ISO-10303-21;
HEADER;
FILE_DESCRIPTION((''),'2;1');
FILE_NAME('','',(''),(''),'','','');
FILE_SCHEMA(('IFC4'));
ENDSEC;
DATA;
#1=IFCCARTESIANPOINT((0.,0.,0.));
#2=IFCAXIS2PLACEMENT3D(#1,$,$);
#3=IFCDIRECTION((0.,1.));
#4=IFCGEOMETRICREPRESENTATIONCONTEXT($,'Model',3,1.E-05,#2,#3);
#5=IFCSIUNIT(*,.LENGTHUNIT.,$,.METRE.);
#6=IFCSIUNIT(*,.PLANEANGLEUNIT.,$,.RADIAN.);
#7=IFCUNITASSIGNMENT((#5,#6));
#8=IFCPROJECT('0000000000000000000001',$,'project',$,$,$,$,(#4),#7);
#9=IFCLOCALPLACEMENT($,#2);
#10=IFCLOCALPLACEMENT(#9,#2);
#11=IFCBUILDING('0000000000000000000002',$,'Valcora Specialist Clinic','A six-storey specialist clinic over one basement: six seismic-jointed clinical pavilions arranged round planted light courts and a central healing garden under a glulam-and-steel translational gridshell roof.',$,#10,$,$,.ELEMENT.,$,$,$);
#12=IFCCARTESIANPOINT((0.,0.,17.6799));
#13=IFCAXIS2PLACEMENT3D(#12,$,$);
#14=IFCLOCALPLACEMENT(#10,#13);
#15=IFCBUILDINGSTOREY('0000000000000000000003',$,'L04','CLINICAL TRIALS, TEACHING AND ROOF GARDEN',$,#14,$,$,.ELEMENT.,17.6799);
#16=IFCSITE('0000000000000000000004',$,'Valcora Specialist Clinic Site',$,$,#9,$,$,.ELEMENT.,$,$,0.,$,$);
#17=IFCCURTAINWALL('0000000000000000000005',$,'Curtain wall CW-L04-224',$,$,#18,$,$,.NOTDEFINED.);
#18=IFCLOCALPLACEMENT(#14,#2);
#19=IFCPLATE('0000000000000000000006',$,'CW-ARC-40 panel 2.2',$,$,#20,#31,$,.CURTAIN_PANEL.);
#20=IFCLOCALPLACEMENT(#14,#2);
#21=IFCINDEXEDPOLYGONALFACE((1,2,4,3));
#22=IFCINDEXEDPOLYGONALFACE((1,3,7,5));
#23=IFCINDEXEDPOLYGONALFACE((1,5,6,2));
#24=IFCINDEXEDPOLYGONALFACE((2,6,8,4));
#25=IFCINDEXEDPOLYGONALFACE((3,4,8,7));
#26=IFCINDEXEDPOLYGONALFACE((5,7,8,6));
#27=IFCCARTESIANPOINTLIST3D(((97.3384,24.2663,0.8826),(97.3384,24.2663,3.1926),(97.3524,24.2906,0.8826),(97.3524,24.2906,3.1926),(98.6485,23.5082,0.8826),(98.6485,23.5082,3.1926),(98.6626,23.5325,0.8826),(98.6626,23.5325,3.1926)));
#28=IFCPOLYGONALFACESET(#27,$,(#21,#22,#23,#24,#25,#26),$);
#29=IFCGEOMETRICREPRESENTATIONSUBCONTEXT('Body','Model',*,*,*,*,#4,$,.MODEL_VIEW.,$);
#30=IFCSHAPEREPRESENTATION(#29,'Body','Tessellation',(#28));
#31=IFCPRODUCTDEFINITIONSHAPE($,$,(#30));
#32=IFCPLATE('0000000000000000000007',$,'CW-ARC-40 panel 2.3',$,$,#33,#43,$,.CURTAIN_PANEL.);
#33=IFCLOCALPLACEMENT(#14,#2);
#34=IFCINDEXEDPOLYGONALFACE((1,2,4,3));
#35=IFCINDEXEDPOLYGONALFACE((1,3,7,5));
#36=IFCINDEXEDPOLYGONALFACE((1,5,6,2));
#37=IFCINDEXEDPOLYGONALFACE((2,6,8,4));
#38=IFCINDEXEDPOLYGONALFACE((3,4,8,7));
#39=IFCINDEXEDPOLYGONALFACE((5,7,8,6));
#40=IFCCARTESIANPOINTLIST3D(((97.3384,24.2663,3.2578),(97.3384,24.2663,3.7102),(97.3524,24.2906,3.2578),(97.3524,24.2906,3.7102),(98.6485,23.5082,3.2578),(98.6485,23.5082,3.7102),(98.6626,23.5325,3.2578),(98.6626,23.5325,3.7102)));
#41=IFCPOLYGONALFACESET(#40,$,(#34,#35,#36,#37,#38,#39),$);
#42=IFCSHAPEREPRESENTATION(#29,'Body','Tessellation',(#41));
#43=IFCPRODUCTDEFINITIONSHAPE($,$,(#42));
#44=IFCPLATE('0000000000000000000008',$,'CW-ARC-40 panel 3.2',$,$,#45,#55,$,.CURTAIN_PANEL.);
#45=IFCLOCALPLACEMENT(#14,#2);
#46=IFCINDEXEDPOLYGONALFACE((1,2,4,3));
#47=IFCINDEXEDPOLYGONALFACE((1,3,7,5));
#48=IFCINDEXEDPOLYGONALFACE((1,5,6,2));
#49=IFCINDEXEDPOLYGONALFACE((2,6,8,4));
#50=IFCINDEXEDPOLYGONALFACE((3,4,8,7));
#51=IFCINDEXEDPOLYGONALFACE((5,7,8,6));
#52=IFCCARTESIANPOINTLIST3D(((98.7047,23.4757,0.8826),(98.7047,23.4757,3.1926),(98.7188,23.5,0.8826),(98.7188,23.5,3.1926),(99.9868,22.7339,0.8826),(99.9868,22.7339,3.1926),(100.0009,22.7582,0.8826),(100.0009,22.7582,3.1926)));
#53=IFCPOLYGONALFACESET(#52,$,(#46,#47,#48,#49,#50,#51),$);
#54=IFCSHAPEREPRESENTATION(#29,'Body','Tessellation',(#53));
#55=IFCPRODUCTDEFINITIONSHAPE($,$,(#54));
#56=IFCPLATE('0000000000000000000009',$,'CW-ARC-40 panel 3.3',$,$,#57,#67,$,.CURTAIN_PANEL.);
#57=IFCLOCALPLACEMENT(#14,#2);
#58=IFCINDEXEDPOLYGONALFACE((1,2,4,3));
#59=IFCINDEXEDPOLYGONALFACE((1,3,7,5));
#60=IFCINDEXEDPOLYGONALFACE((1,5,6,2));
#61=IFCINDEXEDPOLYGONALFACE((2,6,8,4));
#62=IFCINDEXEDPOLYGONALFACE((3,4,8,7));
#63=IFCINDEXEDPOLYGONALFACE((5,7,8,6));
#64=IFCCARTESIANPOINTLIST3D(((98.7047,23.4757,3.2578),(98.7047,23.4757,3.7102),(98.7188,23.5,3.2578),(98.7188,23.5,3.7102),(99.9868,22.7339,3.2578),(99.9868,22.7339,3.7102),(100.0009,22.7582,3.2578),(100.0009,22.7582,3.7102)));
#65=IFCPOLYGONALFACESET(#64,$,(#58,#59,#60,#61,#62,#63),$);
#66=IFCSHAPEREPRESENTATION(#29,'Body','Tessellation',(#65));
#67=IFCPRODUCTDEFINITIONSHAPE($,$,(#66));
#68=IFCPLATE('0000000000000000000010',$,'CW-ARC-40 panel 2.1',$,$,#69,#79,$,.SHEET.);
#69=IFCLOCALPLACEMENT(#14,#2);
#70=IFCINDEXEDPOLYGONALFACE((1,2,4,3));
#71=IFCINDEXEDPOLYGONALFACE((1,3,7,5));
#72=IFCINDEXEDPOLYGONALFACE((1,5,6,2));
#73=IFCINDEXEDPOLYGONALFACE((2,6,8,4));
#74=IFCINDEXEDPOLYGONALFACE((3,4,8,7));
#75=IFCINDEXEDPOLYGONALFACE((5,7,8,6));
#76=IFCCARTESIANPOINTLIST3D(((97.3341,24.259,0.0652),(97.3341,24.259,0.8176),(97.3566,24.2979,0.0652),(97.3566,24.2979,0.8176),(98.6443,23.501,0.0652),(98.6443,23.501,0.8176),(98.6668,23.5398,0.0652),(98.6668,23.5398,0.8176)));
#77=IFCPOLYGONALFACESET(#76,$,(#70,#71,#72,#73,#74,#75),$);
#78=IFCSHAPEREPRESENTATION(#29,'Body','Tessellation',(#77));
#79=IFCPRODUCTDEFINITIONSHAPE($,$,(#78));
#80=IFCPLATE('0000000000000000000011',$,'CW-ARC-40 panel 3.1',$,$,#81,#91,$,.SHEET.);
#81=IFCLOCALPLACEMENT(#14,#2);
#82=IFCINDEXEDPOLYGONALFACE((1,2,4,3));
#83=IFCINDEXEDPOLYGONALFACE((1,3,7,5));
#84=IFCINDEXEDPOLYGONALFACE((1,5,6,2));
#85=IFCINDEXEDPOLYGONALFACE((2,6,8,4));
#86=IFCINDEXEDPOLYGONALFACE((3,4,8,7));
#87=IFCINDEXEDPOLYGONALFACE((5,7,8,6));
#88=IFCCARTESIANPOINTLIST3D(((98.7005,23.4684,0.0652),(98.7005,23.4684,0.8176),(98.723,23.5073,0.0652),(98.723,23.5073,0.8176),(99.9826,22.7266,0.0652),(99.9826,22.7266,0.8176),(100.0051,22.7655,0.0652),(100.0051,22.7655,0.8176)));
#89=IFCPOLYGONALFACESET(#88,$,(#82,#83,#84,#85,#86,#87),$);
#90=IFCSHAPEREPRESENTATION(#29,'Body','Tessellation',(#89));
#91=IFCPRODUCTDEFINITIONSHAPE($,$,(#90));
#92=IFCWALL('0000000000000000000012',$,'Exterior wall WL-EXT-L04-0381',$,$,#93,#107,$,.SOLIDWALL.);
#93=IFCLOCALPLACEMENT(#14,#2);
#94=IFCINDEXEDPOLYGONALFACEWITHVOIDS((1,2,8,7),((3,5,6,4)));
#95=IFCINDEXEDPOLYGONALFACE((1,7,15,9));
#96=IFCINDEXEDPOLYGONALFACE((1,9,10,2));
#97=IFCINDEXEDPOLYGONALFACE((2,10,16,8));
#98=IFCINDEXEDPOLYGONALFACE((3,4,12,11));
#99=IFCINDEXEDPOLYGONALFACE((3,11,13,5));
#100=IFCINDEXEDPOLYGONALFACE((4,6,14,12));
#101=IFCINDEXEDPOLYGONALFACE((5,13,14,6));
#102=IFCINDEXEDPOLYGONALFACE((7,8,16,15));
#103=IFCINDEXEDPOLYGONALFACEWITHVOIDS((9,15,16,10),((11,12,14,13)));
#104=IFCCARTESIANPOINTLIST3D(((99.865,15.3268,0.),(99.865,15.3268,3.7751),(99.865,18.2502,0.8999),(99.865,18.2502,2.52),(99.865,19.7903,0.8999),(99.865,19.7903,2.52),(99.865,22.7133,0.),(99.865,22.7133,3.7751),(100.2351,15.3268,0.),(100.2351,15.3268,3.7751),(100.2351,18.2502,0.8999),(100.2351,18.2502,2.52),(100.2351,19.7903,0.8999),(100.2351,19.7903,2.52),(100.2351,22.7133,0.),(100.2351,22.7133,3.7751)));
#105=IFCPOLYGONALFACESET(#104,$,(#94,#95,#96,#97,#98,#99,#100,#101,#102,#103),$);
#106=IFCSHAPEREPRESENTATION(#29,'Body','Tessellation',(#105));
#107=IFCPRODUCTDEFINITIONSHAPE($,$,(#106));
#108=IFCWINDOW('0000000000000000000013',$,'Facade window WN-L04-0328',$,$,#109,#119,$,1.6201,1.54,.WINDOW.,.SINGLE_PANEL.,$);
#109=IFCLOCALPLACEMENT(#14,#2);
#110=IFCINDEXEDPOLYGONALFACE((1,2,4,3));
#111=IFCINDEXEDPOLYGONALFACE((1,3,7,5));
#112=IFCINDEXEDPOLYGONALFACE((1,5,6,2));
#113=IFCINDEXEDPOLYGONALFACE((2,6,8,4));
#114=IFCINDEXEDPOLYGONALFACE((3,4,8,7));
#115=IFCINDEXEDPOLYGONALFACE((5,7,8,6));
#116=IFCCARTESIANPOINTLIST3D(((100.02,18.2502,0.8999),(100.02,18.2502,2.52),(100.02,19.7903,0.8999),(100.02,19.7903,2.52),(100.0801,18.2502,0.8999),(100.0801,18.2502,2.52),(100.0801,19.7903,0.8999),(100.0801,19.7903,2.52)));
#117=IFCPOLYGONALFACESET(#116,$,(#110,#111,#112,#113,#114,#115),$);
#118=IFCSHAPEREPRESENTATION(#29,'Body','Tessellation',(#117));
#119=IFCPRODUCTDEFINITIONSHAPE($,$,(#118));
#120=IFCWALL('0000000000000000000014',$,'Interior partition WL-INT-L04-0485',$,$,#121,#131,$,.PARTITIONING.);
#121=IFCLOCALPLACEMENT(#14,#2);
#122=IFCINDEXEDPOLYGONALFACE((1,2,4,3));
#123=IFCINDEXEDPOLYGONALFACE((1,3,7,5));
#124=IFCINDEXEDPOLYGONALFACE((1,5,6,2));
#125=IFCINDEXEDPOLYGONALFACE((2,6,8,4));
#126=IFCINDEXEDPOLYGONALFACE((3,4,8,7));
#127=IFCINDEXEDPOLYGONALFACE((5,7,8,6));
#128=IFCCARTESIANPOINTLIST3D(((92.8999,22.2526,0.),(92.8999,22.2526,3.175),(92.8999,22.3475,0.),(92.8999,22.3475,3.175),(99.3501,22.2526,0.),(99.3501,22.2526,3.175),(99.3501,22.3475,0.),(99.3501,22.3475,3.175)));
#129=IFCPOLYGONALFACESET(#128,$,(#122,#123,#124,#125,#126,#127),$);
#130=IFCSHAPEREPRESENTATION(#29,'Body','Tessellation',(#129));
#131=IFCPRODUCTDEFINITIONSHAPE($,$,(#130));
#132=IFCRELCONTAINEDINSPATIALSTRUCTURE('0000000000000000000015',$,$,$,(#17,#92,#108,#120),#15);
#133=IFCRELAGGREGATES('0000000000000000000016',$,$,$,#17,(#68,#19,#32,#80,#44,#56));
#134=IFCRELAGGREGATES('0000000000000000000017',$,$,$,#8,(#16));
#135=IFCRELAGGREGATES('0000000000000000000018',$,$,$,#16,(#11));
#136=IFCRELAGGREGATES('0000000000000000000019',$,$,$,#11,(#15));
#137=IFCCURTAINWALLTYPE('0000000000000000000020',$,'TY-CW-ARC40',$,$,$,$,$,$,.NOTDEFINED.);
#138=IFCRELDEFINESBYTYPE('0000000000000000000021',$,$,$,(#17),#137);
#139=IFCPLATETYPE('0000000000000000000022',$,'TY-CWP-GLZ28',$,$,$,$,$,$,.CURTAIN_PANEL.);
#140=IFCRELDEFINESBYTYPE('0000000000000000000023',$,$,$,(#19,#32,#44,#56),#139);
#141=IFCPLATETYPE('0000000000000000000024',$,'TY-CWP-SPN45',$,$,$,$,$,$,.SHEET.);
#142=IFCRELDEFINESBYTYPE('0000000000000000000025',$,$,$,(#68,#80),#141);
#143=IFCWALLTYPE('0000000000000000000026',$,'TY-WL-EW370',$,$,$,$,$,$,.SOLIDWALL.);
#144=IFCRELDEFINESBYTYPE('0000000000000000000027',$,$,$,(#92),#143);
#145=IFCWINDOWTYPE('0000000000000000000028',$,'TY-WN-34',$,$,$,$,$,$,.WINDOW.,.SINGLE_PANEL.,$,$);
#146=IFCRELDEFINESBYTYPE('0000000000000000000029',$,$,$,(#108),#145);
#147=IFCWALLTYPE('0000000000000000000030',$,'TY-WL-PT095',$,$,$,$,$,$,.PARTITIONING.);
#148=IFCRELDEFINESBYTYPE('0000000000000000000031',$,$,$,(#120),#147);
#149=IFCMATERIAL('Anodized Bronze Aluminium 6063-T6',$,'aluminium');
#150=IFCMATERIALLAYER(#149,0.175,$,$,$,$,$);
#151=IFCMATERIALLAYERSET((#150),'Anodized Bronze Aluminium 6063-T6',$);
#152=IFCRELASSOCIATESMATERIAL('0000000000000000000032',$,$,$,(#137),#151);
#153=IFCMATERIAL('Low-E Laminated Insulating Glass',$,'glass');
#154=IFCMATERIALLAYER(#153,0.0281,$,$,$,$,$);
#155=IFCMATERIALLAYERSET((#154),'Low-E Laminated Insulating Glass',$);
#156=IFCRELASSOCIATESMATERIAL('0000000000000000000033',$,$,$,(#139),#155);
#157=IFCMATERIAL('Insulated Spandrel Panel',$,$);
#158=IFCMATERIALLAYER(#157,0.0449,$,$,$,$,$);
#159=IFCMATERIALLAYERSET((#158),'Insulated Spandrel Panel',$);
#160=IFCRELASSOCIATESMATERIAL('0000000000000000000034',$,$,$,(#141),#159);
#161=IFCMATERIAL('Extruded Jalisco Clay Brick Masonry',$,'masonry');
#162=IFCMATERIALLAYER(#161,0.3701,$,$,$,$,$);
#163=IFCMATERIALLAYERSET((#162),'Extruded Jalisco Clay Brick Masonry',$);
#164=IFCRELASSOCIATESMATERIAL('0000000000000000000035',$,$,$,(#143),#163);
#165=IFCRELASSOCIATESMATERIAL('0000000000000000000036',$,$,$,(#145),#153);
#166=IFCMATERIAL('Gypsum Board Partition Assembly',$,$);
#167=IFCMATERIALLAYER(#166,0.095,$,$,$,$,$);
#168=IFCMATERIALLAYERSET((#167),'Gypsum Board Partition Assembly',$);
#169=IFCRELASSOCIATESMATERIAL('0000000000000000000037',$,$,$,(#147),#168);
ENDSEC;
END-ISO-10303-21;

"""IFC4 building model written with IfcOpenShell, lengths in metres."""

from ifc_helpers import new_model, si_unit, direction, frame, frame_2d, origin, origin_2d, place, context, subcontext, project, spatial, rectangle, extrude, material, layer, layer_set, type_object, element, fill, aggregate, save


model = new_model("IFC4")

# Units and contexts
model_context = context("Model", 3, precision=1e-05, world=origin(), true_north=direction((0.0, 1.0)))
body_context = subcontext(model_context, "Body", "Model", "MODEL_VIEW")
ifc_project = project(units=[si_unit("LENGTHUNIT", "METRE"), si_unit("PLANEANGLEUNIT", "RADIAN")], contexts=[model_context])

# Site, building, storey
site_placement = place(None, origin())
site = spatial("IfcSite", under=ifc_project, at=site_placement, Name="Valcora Specialist Clinic Site", CompositionType="ELEMENT", RefElevation=0.0)
building_placement = place(site_placement, origin())
building = spatial("IfcBuilding", under=site, at=building_placement, Name="Valcora Specialist Clinic", Description="A six-storey specialist clinic over one basement: six seismic-jointed clinical pavilions arranged round planted light courts and a central healing garden under a glulam-and-steel translational gridshell roof.", CompositionType="ELEMENT")
storey_placement = place(building_placement, frame((0.0, 0.0, 17.6799)))
storey = spatial("IfcBuildingStorey", under=building, at=storey_placement, Name="L04", Description="CLINICAL TRIALS, TEACHING AND ROOF GARDEN", CompositionType="ELEMENT", Elevation=17.6799)

# Curtain wall, plates
ifc_material_1 = material(Name="Anodized Bronze Aluminium 6063-T6", Category="aluminium")
ifc_layer_1 = layer(ifc_material_1, 0.175)
ifc_layer_set_1 = layer_set([ifc_layer_1], Name="Anodized Bronze Aluminium 6063-T6")
curtain_wall_type = type_object("IfcCurtainWallType", Name="TY-CW-ARC40", PredefinedType="NOTDEFINED", material=ifc_layer_set_1)
curtain_wall_placement = place(storey_placement, origin())
curtain_wall = element("IfcCurtainWall", 1, at=curtain_wall_placement, inside=storey, type_object=curtain_wall_type, Name="Curtain wall CW-L04-224", PredefinedType="NOTDEFINED")
ifc_material_2 = material(Name="Low-E Laminated Insulating Glass", Category="glass")
ifc_layer_2 = layer(ifc_material_2, 0.0281)
ifc_layer_set_2 = layer_set([ifc_layer_2], Name="Low-E Laminated Insulating Glass")
plate_type_1 = type_object("IfcPlateType", Name="TY-CWP-GLZ28", PredefinedType="CURTAIN_PANEL", material=ifc_layer_set_2)
plate_1_placement = place(storey_placement, frame((98.0005, 23.8994, 0.8826), z_axis=(0.0, 0.0, 1.0), x_axis=(0.865566, -0.500796, 0.0)))
plate_1 = element("IfcPlate", 2, at=plate_1_placement, type_object=plate_type_1, Name="CW-ARC-40 panel 2.2", PredefinedType="CURTAIN_PANEL", context=body_context, shape_type="SweptSolid", body=[
    extrude(rectangle(XDim=1.5137, YDim=0.0281, at=origin_2d()), origin(), (0.0, 0.0, 1.0), 2.3101),
])
plate_2_placement = place(storey_placement, frame((98.0005, 23.8994, 3.2578), z_axis=(0.0, 0.0, 1.0), x_axis=(0.865566, -0.500796, 0.0)))
plate_2 = element("IfcPlate", 3, at=plate_2_placement, type_object=plate_type_1, Name="CW-ARC-40 panel 2.3", PredefinedType="CURTAIN_PANEL", context=body_context, shape_type="SweptSolid", body=[
    extrude(rectangle(XDim=1.5137, YDim=0.0281, at=origin_2d()), origin(), (0.0, 0.0, 1.0), 0.4524),
])
plate_3_placement = place(storey_placement, frame((99.3528, 23.1169, 0.8826), z_axis=(0.0, 0.0, 1.0), x_axis=(0.865566, -0.500796, 0.0)))
plate_3 = element("IfcPlate", 4, at=plate_3_placement, type_object=plate_type_1, Name="CW-ARC-40 panel 3.2", PredefinedType="CURTAIN_PANEL", context=body_context, shape_type="SweptSolid", body=[
    extrude(rectangle(XDim=1.4812, YDim=0.0281, at=origin_2d()), origin(), (0.0, 0.0, 1.0), 2.3101),
])
plate_4_placement = place(storey_placement, frame((99.3528, 23.1169, 3.2578), z_axis=(0.0, 0.0, 1.0), x_axis=(0.865566, -0.500796, 0.0)))
plate_4 = element("IfcPlate", 5, at=plate_4_placement, type_object=plate_type_1, Name="CW-ARC-40 panel 3.3", PredefinedType="CURTAIN_PANEL", context=body_context, shape_type="SweptSolid", body=[
    extrude(rectangle(XDim=1.4812, YDim=0.0281, at=origin_2d()), origin(), (0.0, 0.0, 1.0), 0.4524),
])
ifc_material_3 = material(Name="Insulated Spandrel Panel")
ifc_layer_3 = layer(ifc_material_3, 0.0449)
ifc_layer_set_3 = layer_set([ifc_layer_3], Name="Insulated Spandrel Panel")
plate_type_2 = type_object("IfcPlateType", Name="TY-CWP-SPN45", PredefinedType="SHEET", material=ifc_layer_set_3)
plate_5_placement = place(storey_placement, frame((98.0005, 23.8994, 0.0652), z_axis=(0.0, 0.0, 1.0), x_axis=(0.865566, -0.500796, 0.0)))
plate_5 = element("IfcPlate", 6, at=plate_5_placement, type_object=plate_type_2, Name="CW-ARC-40 panel 2.1", PredefinedType="SHEET", context=body_context, shape_type="SweptSolid", body=[
    extrude(rectangle(XDim=1.5137, YDim=0.0449, at=origin_2d()), origin(), (0.0, 0.0, 1.0), 0.7524),
])
plate_6_placement = place(storey_placement, frame((99.3528, 23.1169, 0.0652), z_axis=(0.0, 0.0, 1.0), x_axis=(0.865566, -0.500796, 0.0)))
plate_6 = element("IfcPlate", 7, at=plate_6_placement, type_object=plate_type_2, Name="CW-ARC-40 panel 3.1", PredefinedType="SHEET", context=body_context, shape_type="SweptSolid", body=[
    extrude(rectangle(XDim=1.4812, YDim=0.0449, at=origin_2d()), origin(), (0.0, 0.0, 1.0), 0.7524),
])
aggregate(curtain_wall, [plate_5, plate_1, plate_2, plate_6, plate_3, plate_4])

# Wall, opening, window
ifc_material_4 = material(Name="Extruded Jalisco Clay Brick Masonry", Category="masonry")
ifc_layer_4 = layer(ifc_material_4, 0.3701)
ifc_layer_set_4 = layer_set([ifc_layer_4], Name="Extruded Jalisco Clay Brick Masonry")
wall_type_1 = type_object("IfcWallType", Name="TY-WL-EW370", PredefinedType="SOLIDWALL", material=ifc_layer_set_4)
wall_1_placement = place(storey_placement, frame((100.05, 22.7134, 0.0), z_axis=(0.0, 0.0, 1.0), x_axis=(0.0, -1.0, 0.0)))
wall_1 = element("IfcWall", 8, at=wall_1_placement, inside=storey, type_object=wall_type_1, Name="Exterior wall WL-EXT-L04-0381", PredefinedType="SOLIDWALL", context=body_context, shape_type="SweptSolid", body=[
    extrude(rectangle(XDim=7.3865, YDim=0.3701, at=frame_2d((3.6934, 0.0))), origin(), (0.0, 0.0, 1.0), 3.7751),
])
opening_placement = place(wall_1_placement, frame((2.9231, 0.0, 0.8999)))
opening = element("IfcOpeningElement", 9, at=opening_placement, cuts=wall_1, PredefinedType="OPENING", context=body_context, shape_type="SweptSolid", body=[
    extrude(rectangle(XDim=1.54, YDim=1.6201, at=frame_2d((0.77, 0.8101))), frame((0.0, 0.1951, 0.0), z_axis=(0.0, -1.0, 0.0), x_axis=(1.0, 0.0, 0.0)), (0.0, 0.0, 1.0), 0.3901),
])
window_type = type_object("IfcWindowType", Name="TY-WN-34", PartitioningType="SINGLE_PANEL", PredefinedType="WINDOW", material=ifc_material_2)
window_placement = place(opening_placement, origin())
window = element("IfcWindow", 10, at=window_placement, inside=storey, type_object=window_type, Name="Facade window WN-L04-0328", OverallHeight=1.6201, OverallWidth=1.54, PartitioningType="SINGLE_PANEL", PredefinedType="WINDOW", context=body_context, shape_type="SweptSolid", body=[
    extrude(rectangle(XDim=1.54, YDim=1.6201, at=frame_2d((0.77, 0.8101))), frame((0.0, 0.03, 0.0), z_axis=(0.0, -1.0, 0.0), x_axis=(1.0, 0.0, 0.0)), (0.0, 0.0, 1.0), 0.0601),
])
fill(opening, window)

# Wall
ifc_material_5 = material(Name="Gypsum Board Partition Assembly")
ifc_layer_5 = layer(ifc_material_5, 0.095)
ifc_layer_set_5 = layer_set([ifc_layer_5], Name="Gypsum Board Partition Assembly")
wall_type_2 = type_object("IfcWallType", Name="TY-WL-PT095", PredefinedType="PARTITIONING", material=ifc_layer_set_5)
wall_2_placement = place(storey_placement, frame((92.8999, 22.3, 0.0), z_axis=(0.0, 0.0, 1.0), x_axis=(1.0, 0.0, 0.0)))
element("IfcWall", 11, at=wall_2_placement, inside=storey, type_object=wall_type_2, Name="Interior partition WL-INT-L04-0485", PredefinedType="PARTITIONING", context=body_context, shape_type="SweptSolid", body=[
    extrude(rectangle(XDim=6.4502, YDim=0.095, at=frame_2d((3.2251, 0.0))), origin(), (0.0, 0.0, 1.0), 3.175),
])

save(model, "model.ifc")
